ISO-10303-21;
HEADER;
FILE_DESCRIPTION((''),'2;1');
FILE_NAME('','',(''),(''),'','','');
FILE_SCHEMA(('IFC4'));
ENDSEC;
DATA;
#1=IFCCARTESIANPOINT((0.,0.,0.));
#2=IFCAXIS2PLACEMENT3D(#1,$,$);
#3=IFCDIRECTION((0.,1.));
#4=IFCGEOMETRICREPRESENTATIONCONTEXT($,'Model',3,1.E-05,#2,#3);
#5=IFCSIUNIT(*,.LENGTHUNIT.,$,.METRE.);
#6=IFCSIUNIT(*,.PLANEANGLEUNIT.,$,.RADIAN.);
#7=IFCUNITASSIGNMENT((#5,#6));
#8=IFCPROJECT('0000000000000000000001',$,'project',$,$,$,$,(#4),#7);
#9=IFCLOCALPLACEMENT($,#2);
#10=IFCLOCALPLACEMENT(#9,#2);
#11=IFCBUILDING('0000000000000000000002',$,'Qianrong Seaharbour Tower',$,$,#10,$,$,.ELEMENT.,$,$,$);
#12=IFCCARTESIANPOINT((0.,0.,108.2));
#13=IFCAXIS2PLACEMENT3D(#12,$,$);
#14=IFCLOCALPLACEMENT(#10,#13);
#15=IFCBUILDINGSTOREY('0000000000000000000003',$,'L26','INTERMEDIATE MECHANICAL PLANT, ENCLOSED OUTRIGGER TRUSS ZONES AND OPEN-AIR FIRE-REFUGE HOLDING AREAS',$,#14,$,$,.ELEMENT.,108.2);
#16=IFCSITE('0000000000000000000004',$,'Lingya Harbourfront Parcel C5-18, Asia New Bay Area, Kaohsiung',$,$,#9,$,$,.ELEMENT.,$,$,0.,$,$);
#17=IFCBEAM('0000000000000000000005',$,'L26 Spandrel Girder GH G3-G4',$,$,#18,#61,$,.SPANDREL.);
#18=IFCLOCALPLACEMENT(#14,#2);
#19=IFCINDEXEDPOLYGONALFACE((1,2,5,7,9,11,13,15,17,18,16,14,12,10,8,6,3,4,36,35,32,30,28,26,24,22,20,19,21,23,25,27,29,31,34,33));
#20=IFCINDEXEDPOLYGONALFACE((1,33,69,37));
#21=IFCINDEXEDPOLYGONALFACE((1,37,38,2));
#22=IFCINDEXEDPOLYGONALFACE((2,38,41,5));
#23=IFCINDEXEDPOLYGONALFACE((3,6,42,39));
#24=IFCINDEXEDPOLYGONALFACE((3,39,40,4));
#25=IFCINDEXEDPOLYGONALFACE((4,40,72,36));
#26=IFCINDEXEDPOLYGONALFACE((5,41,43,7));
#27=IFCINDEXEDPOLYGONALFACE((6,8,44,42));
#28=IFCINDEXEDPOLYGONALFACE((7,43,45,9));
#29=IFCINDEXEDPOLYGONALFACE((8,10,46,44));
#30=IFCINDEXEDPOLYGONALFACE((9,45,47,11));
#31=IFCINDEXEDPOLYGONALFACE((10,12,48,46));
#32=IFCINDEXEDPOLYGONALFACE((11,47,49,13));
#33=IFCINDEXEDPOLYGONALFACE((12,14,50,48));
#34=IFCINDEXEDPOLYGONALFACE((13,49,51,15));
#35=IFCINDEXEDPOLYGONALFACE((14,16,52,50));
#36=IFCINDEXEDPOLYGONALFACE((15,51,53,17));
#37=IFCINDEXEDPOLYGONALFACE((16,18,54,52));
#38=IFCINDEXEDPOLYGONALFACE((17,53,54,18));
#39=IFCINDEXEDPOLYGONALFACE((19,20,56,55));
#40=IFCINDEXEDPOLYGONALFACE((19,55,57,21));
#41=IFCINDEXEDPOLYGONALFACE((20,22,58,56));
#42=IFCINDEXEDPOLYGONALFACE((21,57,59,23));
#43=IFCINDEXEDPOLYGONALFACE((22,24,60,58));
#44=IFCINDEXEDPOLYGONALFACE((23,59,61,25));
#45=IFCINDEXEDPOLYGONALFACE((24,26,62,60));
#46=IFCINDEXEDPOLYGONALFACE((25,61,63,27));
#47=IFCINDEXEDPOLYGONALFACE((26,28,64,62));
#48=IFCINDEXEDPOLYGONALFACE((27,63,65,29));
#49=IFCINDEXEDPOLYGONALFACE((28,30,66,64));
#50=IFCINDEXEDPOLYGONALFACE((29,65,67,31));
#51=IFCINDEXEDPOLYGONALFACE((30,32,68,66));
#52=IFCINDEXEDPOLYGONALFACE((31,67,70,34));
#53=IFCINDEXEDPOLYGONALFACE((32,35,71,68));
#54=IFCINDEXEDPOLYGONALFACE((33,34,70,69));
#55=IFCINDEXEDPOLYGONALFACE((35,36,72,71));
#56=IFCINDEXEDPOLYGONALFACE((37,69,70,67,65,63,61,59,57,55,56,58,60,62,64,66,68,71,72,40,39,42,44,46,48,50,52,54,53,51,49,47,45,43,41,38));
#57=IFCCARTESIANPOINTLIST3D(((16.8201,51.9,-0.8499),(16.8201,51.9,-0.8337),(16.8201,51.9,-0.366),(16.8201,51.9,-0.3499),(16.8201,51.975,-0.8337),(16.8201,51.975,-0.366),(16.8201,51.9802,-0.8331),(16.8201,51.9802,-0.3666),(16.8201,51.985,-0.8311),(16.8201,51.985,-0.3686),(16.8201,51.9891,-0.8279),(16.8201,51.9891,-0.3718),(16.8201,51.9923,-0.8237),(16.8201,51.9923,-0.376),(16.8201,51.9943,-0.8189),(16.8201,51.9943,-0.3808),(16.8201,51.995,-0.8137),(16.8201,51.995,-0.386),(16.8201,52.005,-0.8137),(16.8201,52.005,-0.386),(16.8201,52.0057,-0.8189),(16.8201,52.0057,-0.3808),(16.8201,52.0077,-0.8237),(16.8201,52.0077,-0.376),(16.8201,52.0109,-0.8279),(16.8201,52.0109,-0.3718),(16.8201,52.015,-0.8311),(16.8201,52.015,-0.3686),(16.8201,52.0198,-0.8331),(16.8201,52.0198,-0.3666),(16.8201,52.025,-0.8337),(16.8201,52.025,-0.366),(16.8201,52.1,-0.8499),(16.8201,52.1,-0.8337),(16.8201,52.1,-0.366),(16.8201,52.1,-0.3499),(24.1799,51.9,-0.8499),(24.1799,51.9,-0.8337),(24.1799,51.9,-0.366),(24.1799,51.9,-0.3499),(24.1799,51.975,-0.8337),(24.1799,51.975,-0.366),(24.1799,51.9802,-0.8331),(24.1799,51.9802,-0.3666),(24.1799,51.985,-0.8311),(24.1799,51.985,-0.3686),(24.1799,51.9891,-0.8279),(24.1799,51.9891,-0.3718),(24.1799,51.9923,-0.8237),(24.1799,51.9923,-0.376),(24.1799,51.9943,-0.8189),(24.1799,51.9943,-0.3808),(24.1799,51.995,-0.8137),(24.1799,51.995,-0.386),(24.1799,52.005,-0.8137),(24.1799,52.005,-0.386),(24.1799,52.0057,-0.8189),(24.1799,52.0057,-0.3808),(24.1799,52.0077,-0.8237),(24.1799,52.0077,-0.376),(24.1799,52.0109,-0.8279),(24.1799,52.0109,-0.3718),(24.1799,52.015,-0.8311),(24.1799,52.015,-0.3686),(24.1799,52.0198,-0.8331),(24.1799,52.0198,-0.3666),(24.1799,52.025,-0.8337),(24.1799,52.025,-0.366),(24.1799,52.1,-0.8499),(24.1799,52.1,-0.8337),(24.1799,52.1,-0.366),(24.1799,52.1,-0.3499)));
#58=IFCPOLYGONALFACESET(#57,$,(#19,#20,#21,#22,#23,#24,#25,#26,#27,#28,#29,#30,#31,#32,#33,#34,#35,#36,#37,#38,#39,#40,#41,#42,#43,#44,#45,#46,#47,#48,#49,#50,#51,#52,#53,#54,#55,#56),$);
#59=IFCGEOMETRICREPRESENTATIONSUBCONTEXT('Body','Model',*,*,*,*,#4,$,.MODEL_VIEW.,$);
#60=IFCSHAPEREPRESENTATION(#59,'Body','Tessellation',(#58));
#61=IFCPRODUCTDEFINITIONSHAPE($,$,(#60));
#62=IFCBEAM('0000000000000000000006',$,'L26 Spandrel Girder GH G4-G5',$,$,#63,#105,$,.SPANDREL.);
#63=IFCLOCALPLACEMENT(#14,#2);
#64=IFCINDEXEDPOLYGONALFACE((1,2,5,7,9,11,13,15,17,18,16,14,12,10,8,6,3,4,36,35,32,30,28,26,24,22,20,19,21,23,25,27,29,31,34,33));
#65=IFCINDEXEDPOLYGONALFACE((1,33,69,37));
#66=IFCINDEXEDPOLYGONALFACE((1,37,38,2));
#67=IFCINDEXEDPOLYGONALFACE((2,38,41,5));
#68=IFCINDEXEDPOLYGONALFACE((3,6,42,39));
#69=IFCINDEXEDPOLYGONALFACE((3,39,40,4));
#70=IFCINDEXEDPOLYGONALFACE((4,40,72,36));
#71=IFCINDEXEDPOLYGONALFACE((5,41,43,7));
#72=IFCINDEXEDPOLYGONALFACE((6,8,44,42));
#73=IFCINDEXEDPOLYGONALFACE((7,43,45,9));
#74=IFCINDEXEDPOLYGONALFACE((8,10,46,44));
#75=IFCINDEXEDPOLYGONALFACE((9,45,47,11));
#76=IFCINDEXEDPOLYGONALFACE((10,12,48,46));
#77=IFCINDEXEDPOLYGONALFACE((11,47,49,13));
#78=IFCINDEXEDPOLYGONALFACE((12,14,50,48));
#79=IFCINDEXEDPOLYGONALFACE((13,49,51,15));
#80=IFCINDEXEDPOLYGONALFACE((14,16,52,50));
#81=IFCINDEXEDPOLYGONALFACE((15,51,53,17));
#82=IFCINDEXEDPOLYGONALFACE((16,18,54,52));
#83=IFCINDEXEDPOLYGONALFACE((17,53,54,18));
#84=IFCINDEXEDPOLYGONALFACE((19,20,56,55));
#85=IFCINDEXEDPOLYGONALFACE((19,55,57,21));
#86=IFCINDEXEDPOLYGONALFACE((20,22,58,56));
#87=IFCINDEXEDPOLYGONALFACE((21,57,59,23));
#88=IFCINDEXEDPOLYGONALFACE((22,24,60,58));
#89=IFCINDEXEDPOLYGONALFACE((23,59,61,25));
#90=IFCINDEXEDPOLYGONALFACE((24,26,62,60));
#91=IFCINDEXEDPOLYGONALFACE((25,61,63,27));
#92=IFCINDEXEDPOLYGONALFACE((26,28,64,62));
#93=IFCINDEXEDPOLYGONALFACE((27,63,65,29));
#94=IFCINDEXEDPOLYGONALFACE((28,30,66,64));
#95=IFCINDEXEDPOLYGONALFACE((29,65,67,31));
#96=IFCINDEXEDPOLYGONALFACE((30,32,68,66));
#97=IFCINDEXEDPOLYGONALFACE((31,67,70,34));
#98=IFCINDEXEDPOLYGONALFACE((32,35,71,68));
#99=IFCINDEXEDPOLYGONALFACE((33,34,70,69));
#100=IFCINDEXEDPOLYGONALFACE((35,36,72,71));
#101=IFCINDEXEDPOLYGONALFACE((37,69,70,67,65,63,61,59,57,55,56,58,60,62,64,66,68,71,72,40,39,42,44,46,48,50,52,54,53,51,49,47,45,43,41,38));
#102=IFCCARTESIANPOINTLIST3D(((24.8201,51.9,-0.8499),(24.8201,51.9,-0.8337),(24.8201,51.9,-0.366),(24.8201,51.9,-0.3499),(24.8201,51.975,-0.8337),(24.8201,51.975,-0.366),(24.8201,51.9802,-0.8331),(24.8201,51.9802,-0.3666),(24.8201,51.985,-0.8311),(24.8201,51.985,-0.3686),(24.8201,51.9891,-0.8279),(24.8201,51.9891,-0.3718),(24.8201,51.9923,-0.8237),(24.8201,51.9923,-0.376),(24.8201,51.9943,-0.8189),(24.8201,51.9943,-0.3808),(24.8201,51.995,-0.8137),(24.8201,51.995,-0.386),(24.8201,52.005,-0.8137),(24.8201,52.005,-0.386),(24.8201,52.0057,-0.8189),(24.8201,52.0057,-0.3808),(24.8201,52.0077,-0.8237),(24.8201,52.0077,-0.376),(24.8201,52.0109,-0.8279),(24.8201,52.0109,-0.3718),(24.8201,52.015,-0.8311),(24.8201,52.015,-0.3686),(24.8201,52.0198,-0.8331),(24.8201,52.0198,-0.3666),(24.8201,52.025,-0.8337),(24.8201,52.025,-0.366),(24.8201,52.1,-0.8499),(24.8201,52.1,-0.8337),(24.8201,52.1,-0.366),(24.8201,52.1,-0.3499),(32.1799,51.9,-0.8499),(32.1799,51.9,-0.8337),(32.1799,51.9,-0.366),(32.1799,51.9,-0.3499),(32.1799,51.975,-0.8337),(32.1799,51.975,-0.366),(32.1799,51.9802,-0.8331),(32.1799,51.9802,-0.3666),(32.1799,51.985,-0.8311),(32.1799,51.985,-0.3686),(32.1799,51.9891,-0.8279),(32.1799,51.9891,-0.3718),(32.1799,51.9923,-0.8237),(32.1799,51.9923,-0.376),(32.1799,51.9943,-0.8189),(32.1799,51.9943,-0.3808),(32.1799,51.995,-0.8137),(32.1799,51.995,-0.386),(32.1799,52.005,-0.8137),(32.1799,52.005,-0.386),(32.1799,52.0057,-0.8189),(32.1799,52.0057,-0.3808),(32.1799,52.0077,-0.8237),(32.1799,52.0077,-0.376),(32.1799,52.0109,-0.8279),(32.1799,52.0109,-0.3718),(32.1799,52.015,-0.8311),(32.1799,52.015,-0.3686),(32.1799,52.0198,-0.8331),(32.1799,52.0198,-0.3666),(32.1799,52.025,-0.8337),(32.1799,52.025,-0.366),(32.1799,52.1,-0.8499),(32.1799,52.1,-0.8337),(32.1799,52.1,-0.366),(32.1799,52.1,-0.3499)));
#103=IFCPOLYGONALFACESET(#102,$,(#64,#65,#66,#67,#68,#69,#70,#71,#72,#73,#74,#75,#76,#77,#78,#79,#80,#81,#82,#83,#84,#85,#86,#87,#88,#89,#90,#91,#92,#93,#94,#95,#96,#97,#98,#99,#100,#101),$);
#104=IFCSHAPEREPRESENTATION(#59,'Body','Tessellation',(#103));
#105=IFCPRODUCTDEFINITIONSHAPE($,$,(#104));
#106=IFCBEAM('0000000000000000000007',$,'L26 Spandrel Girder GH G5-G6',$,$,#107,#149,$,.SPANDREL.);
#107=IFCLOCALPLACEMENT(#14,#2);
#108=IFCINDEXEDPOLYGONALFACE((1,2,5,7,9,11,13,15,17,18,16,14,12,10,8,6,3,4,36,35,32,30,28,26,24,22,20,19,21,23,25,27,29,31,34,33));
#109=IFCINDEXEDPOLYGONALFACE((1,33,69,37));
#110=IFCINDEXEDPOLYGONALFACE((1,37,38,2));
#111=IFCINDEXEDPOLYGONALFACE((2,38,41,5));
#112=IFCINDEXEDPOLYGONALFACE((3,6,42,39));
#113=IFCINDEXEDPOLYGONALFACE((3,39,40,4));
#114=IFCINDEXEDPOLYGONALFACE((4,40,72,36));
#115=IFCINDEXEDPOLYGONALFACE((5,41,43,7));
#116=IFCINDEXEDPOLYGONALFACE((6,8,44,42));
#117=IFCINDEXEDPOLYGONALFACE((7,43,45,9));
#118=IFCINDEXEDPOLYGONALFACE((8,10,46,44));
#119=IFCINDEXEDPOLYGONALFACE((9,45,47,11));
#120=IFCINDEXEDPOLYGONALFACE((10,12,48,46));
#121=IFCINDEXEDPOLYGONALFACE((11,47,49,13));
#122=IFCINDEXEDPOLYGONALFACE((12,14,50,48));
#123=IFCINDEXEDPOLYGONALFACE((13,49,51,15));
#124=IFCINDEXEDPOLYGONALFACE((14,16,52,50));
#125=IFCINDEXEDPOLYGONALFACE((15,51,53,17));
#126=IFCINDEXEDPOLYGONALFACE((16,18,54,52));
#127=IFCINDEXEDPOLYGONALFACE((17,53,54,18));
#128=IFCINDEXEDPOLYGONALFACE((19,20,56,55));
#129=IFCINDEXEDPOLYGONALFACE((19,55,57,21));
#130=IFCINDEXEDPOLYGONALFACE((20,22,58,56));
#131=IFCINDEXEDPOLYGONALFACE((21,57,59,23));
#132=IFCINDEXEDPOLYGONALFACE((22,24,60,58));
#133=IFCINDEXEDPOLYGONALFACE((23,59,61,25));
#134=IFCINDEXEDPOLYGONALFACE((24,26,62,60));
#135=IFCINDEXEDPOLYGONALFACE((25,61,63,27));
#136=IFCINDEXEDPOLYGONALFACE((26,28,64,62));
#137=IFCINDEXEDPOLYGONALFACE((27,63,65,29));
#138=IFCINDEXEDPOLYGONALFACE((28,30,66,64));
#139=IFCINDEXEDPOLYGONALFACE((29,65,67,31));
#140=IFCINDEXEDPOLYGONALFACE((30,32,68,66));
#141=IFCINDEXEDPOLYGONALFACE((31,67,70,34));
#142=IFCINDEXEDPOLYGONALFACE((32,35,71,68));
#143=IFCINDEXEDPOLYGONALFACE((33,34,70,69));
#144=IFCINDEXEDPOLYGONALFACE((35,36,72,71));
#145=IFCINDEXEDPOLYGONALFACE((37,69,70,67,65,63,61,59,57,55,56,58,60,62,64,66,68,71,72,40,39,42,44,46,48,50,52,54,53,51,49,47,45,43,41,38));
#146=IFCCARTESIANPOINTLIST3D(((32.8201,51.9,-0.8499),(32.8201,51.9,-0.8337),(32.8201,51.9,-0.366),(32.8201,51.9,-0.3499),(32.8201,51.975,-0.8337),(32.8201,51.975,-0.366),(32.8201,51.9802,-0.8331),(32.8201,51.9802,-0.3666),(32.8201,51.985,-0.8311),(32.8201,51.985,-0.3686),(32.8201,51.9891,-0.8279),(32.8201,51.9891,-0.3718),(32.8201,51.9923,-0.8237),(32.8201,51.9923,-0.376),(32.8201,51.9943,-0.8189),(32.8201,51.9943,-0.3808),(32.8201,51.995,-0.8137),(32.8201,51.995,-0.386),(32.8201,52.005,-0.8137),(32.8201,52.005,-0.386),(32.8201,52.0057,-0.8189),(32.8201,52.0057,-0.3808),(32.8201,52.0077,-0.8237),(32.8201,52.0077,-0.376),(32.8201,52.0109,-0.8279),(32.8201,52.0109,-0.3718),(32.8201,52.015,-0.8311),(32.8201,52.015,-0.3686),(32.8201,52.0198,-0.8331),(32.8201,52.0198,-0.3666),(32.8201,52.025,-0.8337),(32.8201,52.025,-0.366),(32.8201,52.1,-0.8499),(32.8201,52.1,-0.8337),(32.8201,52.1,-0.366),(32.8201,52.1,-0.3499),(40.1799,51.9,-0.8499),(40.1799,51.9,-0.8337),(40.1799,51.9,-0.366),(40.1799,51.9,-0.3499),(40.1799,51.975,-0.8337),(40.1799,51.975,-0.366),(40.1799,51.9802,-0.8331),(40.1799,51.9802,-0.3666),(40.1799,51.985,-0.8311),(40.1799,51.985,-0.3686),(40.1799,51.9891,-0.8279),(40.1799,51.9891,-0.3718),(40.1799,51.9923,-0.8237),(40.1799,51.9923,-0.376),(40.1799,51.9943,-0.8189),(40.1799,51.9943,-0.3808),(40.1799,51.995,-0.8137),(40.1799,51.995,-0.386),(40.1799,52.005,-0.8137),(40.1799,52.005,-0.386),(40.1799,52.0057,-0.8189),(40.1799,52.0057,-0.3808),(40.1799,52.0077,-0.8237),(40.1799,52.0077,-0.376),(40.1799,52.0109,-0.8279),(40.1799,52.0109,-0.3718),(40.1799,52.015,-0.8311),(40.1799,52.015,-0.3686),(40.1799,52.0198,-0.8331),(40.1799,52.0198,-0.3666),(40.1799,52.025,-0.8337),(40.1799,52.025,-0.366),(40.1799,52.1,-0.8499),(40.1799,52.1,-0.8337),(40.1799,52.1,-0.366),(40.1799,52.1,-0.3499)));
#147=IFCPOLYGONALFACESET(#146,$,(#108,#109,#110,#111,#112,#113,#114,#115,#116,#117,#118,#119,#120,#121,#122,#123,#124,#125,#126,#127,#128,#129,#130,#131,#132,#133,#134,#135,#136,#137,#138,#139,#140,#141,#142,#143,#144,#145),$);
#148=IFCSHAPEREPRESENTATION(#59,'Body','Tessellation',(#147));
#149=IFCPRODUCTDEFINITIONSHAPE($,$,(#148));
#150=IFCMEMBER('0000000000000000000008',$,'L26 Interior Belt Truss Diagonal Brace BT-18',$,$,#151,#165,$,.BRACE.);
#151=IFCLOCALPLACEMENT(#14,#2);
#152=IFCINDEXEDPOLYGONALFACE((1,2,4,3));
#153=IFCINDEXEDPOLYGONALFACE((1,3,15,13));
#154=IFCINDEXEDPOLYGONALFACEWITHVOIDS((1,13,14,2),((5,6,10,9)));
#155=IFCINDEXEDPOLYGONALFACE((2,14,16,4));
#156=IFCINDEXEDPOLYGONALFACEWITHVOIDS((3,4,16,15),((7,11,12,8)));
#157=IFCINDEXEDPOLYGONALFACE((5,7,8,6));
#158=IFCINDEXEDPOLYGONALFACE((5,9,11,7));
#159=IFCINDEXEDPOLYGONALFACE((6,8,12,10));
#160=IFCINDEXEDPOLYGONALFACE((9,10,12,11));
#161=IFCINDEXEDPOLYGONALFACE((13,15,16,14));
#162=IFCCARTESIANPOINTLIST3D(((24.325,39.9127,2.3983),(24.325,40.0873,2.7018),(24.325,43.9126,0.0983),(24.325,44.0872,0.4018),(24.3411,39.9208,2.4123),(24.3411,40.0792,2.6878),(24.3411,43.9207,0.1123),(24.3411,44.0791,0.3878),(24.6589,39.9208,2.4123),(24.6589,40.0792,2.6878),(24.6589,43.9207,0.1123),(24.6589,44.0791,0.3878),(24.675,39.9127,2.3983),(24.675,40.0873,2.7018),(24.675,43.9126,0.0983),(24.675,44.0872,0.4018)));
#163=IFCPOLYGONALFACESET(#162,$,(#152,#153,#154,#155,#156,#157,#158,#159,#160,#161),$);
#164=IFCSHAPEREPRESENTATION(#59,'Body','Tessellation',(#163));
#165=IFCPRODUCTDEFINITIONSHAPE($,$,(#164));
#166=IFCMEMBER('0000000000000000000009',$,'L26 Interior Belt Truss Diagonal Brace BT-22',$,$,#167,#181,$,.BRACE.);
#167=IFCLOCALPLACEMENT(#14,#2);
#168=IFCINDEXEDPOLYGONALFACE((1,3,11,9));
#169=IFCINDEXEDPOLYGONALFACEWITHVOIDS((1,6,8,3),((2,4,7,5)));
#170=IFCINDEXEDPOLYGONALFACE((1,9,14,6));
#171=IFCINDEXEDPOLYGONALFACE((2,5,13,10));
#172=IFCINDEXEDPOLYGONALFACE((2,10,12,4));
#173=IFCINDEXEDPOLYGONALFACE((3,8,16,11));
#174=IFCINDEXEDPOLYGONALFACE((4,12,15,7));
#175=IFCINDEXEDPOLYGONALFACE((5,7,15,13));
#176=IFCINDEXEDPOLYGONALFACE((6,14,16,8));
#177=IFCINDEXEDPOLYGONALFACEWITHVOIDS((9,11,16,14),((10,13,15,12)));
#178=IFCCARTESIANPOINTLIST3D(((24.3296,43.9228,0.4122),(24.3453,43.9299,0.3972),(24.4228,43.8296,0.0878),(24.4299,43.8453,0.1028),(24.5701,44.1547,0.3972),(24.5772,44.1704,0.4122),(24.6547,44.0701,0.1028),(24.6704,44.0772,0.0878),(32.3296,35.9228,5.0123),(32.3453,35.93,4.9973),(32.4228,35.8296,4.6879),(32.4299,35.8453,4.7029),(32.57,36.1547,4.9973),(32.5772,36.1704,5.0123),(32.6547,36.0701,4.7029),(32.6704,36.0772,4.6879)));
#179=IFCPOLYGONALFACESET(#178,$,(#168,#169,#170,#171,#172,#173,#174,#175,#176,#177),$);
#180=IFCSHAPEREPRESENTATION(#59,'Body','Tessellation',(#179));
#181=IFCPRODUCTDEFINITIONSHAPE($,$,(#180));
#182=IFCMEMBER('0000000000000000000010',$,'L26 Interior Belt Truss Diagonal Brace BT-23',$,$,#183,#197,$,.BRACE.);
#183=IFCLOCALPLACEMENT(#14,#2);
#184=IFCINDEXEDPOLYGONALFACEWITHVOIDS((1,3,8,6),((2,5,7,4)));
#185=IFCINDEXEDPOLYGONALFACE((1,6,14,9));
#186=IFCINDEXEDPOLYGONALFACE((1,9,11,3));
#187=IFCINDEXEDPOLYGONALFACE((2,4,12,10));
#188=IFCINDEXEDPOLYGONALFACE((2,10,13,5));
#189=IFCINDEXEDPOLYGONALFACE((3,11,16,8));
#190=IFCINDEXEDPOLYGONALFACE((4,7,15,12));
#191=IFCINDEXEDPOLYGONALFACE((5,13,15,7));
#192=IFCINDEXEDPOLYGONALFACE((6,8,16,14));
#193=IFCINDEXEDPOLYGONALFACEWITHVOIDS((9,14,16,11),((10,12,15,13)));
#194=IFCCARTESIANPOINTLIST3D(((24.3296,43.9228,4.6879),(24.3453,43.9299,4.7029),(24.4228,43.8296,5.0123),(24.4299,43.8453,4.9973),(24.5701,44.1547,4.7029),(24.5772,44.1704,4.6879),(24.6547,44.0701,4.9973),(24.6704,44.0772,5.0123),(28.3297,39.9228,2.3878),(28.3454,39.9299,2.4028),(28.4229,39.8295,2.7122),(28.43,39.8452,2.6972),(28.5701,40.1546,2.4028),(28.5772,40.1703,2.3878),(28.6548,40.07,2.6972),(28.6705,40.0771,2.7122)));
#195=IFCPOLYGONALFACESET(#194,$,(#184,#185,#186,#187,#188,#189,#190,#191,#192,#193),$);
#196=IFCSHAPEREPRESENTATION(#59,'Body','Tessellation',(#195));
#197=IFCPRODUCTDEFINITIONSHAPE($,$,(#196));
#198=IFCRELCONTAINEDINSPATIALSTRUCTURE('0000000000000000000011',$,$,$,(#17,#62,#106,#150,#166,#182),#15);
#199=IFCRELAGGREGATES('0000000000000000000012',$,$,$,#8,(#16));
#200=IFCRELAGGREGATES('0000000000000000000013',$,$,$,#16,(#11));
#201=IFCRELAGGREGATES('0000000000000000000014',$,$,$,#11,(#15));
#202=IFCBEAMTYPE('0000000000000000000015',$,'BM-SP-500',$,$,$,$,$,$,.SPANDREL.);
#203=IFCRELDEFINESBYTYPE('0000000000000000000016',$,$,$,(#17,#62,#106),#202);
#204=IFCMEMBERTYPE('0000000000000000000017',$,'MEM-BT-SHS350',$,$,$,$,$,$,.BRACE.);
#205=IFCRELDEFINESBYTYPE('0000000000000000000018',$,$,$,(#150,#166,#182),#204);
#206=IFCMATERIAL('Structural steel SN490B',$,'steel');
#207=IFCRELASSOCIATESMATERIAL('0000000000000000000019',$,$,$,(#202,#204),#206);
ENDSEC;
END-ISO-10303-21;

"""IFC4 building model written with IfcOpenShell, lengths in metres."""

from ifc_helpers import new_model, si_unit, direction, frame, origin, origin_2d, place, context, subcontext, project, spatial, hollow_rectangle, i_section, extrude, material, material_profile, profile_set, type_object, element, save


model = new_model("IFC4")

# Units and contexts
model_context = context("Model", 3, precision=1e-05, world=origin(), true_north=direction((0.0, 1.0)))
body_context = subcontext(model_context, "Body", "Model", "MODEL_VIEW")
ifc_project = project(units=[si_unit("LENGTHUNIT", "METRE"), si_unit("PLANEANGLEUNIT", "RADIAN")], contexts=[model_context])

# Site, building, storey
site_placement = place(None, origin())
site = spatial("IfcSite", under=ifc_project, at=site_placement, Name="Lingya Harbourfront Parcel C5-18, Asia New Bay Area, Kaohsiung", CompositionType="ELEMENT", RefElevation=0.0)
building_placement = place(site_placement, origin())
building = spatial("IfcBuilding", under=site, at=building_placement, Name="Qianrong Seaharbour Tower", CompositionType="ELEMENT")
storey_placement = place(building_placement, frame((0.0, 0.0, 108.2)))
storey = spatial("IfcBuildingStorey", under=building, at=storey_placement, Name="L26", Description="INTERMEDIATE MECHANICAL PLANT, ENCLOSED OUTRIGGER TRUSS ZONES AND OPEN-AIR FIRE-REFUGE HOLDING AREAS", CompositionType="ELEMENT", Elevation=108.2)

# Shared definitions
ifc_material_1 = material(Name="Structural steel SN490B", Category="steel")

# Beams
ifc_material_profile_1 = material_profile(ifc_material_1, i_section(OverallWidth=0.2, OverallDepth=0.5, WebThickness=0.01, FlangeThickness=0.0161, FilletRadius=0.02, at=origin_2d()), Name="H500x200x10x16")
ifc_profile_set_1 = profile_set([ifc_material_profile_1], Name="Structural steel SN490B")
beam_type_1 = type_object("IfcBeamType", Name="BM-SP-500", PredefinedType="SPANDREL", material=ifc_profile_set_1)
for number, where, z_axis, x_axis, name in (
    (1, (16.8201, 52.0, -0.5999), (1.0, 0.0, 0.0), (0.0, 1.0, 0.0), "L26 Spandrel Girder GH G3-G4"),
    (2, (24.8201, 52.0, -0.5999), (1.0, 0.0, 0.0), (0.0, 1.0, 0.0), "L26 Spandrel Girder GH G4-G5"),
    (3, (32.8201, 52.0, -0.5999), (1.0, 0.0, 0.0), (0.0, 1.0, 0.0), "L26 Spandrel Girder GH G5-G6"),
):
    element("IfcBeam", number, at=place(storey_placement, frame(where, z_axis=z_axis, x_axis=x_axis)), inside=storey, type_object=beam_type_1, Name=name, PredefinedType="SPANDREL", context=body_context, shape_type="SweptSolid", body=[
        extrude(i_section(OverallWidth=0.2, OverallDepth=0.5, WebThickness=0.01, FlangeThickness=0.0161, FilletRadius=0.02, at=origin_2d()), origin(), (0.0, 0.0, 1.0), 7.3599),
    ])

# Members
ifc_material_profile_2 = material_profile(ifc_material_1, hollow_rectangle(XDim=0.3501, YDim=0.3501, WallThickness=0.0161, at=origin_2d()), Name="SHS350x350x16")
ifc_profile_set_2 = profile_set([ifc_material_profile_2], Name="Structural steel SN490B")
member_type_1 = type_object("IfcMemberType", Name="MEM-BT-SHS350", PredefinedType="BRACE", material=ifc_profile_set_2)
member_1_placement = place(storey_placement, frame((24.5, 40.0, 2.55), z_axis=(0.0, 0.866902, -0.498479), x_axis=(-1.0, 0.0, 0.0)))
element("IfcMember", 4, at=member_1_placement, inside=storey, type_object=member_type_1, Name="L26 Interior Belt Truss Diagonal Brace BT-18", PredefinedType="BRACE", context=body_context, shape_type="SweptSolid", body=[
    extrude(hollow_rectangle(XDim=0.3501, YDim=0.3501, WallThickness=0.0161, at=origin_2d()), origin(), (0.0, 0.0, 1.0), 4.614),
])
member_2_placement = place(storey_placement, frame((24.5, 44.0, 0.25), z_axis=(0.655032, -0.655032, 0.376651), x_axis=(0.707107, 0.707107, 0.0)))
element("IfcMember", 5, at=member_2_placement, inside=storey, type_object=member_type_1, Name="L26 Interior Belt Truss Diagonal Brace BT-22", PredefinedType="BRACE", context=body_context, shape_type="SweptSolid", body=[
    extrude(hollow_rectangle(XDim=0.3501, YDim=0.3501, WallThickness=0.0161, at=origin_2d()), origin(), (0.0, 0.0, 1.0), 12.2131),
])
for number, where, z_axis, x_axis, name in (
    (6, (24.5, 44.0, 4.8501), (0.655032, -0.655032, -0.376651), (0.707107, 0.707107, 0.0), "L26 Interior Belt Truss Diagonal Brace BT-23"),
):
    element("IfcMember", number, at=place(storey_placement, frame(where, z_axis=z_axis, x_axis=x_axis)), inside=storey, type_object=member_type_1, Name=name, PredefinedType="BRACE", context=body_context, shape_type="SweptSolid", body=[
        extrude(hollow_rectangle(XDim=0.3501, YDim=0.3501, WallThickness=0.0161, at=origin_2d()), origin(), (0.0, 0.0, 1.0), 6.1067),
    ])

save(model, "model.ifc")
